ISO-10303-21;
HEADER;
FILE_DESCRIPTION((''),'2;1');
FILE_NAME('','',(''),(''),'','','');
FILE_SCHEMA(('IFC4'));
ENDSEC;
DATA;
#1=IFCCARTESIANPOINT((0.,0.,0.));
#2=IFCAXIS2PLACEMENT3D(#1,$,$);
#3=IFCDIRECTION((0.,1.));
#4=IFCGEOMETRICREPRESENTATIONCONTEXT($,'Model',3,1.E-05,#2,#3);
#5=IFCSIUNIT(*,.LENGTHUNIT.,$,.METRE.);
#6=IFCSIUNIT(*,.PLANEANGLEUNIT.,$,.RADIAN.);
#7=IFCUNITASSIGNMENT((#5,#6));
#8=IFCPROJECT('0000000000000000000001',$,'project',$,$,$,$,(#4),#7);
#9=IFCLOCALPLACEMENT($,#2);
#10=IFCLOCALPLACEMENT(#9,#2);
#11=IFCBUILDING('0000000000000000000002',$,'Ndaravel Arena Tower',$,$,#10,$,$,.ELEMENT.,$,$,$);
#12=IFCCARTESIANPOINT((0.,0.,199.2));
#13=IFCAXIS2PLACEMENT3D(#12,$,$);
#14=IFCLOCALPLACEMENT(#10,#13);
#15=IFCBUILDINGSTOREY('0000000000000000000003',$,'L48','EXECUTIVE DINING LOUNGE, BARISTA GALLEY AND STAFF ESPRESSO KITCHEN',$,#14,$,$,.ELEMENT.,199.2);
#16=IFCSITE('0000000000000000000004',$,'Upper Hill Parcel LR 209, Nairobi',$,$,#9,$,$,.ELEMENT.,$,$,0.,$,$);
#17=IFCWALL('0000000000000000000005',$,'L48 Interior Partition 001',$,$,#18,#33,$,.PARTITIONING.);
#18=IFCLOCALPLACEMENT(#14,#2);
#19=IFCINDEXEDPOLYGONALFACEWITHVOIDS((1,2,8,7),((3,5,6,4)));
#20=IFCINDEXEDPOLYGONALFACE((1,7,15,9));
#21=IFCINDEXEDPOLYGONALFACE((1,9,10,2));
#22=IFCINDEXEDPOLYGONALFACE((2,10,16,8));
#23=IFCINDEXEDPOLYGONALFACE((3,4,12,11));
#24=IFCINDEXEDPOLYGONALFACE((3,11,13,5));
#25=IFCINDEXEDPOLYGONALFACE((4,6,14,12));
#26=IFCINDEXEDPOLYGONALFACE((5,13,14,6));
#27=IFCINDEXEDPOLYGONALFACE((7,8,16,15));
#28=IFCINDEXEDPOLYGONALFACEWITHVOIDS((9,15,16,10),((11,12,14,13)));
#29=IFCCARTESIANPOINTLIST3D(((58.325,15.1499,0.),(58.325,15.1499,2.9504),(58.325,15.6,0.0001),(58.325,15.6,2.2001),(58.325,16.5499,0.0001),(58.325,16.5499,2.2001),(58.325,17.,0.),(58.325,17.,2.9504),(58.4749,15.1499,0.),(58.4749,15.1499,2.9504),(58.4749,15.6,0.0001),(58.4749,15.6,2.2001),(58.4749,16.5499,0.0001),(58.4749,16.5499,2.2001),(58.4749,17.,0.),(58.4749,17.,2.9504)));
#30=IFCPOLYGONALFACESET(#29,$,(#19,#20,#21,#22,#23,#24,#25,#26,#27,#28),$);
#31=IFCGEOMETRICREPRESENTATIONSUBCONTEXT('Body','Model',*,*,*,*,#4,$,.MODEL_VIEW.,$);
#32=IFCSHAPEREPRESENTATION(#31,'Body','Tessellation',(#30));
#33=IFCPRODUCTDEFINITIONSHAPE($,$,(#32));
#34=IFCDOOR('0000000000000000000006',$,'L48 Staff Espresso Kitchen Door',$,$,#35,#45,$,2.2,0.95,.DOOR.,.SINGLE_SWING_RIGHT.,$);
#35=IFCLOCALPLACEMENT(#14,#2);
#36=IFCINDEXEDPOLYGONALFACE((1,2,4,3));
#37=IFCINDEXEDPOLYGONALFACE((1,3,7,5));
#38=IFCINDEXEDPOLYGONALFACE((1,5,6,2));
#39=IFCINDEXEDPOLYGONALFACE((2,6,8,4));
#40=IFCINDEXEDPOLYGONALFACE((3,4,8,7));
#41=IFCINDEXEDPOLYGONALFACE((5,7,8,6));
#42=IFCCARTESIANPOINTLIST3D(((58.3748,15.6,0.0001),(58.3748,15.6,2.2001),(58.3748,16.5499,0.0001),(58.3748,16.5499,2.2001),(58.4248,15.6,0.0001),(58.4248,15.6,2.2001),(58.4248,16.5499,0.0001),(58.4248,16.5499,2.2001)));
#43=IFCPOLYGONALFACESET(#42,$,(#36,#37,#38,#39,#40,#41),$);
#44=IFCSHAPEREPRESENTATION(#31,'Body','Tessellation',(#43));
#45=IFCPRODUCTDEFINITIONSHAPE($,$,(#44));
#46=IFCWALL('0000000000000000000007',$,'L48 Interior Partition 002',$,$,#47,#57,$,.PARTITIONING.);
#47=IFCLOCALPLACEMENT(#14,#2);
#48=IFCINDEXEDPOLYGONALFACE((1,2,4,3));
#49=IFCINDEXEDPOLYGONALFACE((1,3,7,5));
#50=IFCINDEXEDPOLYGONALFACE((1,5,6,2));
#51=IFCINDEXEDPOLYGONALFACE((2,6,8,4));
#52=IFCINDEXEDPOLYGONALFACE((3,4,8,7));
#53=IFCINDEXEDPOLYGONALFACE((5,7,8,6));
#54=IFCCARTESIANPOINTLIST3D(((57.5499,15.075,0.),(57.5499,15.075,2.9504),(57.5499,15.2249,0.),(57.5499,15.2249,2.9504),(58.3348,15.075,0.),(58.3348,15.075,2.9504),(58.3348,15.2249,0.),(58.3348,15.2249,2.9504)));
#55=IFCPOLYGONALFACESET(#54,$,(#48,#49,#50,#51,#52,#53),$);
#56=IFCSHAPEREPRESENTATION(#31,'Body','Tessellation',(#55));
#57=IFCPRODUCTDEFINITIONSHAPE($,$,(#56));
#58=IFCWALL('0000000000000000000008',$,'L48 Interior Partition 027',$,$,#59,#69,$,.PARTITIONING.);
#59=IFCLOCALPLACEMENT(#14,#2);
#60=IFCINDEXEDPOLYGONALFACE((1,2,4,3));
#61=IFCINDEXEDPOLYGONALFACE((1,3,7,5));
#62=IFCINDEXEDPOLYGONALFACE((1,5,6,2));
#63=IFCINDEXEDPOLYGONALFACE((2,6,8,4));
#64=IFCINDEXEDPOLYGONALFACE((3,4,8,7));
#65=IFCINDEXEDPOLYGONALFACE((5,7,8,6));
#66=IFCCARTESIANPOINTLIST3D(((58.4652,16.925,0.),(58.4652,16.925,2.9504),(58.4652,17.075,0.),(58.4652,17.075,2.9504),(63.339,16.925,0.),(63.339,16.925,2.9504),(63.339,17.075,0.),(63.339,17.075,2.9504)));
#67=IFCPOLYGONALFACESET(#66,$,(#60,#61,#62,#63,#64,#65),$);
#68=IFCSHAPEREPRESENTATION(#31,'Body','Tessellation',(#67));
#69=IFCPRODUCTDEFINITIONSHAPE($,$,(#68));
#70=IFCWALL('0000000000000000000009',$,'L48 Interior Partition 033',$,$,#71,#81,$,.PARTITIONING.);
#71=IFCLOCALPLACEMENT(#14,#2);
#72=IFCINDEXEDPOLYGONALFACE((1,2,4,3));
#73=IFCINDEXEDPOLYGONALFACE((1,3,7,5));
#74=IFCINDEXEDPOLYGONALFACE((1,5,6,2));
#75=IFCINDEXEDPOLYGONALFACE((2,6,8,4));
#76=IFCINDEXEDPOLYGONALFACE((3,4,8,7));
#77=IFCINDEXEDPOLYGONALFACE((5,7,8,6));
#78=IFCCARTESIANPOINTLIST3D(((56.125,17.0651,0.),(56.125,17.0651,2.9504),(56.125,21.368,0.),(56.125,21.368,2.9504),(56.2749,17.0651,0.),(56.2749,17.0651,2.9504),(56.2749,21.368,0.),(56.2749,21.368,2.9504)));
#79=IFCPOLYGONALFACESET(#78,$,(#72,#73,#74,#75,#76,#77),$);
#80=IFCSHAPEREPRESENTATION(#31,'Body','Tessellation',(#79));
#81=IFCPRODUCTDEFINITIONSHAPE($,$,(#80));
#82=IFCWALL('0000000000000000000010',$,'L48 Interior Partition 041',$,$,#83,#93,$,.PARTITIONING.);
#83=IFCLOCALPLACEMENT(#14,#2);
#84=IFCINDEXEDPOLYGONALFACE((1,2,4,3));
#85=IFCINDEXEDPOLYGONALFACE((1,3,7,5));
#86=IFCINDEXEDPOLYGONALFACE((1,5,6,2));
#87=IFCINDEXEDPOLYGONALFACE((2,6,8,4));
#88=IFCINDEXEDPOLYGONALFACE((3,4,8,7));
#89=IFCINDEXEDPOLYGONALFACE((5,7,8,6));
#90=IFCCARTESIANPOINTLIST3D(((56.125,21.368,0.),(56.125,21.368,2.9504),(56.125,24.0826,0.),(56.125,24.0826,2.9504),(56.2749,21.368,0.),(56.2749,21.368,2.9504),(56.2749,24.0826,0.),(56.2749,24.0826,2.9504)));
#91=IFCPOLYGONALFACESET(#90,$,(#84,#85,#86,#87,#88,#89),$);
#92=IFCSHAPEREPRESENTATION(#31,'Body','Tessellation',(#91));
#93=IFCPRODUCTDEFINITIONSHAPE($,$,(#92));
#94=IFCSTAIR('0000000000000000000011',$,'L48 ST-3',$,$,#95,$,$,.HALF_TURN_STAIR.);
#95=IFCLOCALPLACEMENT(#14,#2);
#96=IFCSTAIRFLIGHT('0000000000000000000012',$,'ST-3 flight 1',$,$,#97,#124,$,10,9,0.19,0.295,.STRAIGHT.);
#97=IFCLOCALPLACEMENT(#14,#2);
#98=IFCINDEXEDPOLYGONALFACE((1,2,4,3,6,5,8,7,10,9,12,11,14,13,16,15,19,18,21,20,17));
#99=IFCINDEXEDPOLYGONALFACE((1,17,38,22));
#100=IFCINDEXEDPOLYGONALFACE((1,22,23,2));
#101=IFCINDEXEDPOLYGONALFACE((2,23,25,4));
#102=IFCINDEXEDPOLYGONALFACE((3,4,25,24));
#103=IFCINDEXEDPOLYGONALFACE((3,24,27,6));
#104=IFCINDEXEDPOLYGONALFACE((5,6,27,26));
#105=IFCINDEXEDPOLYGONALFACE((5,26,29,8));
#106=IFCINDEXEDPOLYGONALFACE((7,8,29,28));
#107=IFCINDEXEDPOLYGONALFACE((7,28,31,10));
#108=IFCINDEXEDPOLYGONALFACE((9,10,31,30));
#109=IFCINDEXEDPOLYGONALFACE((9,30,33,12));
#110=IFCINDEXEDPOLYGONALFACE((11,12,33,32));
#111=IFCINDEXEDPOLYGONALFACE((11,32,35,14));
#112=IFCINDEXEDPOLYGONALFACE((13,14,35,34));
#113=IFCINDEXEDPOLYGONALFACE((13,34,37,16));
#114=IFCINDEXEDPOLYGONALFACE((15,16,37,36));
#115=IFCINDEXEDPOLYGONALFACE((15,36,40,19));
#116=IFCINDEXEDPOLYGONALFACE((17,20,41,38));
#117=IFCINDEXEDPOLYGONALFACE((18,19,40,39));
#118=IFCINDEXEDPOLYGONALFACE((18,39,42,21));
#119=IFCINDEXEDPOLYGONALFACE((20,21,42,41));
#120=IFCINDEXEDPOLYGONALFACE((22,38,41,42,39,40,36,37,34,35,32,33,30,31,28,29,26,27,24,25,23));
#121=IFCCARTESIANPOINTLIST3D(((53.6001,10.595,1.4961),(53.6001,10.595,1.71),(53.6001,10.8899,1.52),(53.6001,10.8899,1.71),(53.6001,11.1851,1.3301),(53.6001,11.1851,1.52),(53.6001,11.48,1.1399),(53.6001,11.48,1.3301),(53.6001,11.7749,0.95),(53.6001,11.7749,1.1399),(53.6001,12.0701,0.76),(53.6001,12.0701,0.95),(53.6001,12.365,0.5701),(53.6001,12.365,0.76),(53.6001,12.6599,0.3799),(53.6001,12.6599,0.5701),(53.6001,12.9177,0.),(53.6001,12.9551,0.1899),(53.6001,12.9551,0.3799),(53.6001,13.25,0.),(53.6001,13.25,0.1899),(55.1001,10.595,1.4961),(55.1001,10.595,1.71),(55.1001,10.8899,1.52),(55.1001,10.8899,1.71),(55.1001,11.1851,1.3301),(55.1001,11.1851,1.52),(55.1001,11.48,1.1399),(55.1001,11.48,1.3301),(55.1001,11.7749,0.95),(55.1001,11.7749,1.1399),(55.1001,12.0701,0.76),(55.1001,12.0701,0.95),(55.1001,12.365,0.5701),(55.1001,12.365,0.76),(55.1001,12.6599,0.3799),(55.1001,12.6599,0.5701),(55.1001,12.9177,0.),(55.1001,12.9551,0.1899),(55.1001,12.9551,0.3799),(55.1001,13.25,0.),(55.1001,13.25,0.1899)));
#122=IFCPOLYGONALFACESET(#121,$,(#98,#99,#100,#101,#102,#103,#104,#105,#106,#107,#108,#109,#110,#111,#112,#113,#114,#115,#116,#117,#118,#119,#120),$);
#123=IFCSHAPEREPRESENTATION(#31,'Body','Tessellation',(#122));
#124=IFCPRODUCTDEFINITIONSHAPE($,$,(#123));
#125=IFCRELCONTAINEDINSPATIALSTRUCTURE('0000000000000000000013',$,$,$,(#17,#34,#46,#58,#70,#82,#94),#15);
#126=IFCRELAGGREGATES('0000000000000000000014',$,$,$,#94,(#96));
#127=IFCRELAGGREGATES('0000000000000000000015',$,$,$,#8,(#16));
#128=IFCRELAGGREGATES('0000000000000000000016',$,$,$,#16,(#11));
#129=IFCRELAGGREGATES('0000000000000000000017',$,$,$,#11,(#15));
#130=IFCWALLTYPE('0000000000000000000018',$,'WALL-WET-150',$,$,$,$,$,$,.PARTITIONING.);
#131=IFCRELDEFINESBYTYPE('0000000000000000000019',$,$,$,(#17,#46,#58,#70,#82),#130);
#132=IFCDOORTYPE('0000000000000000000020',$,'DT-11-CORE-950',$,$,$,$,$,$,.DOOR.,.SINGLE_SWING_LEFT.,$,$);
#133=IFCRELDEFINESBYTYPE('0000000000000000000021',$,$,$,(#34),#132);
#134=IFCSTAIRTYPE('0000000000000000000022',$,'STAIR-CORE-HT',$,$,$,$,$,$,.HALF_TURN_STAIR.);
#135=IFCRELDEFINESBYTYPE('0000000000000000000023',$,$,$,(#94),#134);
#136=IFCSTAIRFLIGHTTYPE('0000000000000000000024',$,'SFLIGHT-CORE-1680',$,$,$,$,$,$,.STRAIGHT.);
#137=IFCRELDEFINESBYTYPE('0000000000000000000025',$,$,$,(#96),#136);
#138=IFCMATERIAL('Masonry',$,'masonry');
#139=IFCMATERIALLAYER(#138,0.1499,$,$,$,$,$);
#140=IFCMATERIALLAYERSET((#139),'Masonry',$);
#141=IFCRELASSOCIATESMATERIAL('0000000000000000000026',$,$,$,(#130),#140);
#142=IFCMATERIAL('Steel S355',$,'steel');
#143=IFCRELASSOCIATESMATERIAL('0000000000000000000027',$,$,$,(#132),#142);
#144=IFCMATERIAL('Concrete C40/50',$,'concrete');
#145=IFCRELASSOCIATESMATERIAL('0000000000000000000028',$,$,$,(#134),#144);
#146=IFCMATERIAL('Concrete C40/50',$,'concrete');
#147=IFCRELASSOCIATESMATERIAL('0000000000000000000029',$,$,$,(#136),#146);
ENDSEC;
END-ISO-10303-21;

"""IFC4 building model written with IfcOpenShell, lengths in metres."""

from ifc_helpers import new_model, si_unit, direction, frame, frame_2d, origin, place, context, subcontext, project, spatial, polyline, rectangle, outline, extrude, material, layer, layer_set, type_object, element, fill, aggregate, save


model = new_model("IFC4")

# Units and contexts
model_context = context("Model", 3, precision=1e-05, world=origin(), true_north=direction((0.0, 1.0)))
body_context = subcontext(model_context, "Body", "Model", "MODEL_VIEW")
ifc_project = project(units=[si_unit("LENGTHUNIT", "METRE"), si_unit("PLANEANGLEUNIT", "RADIAN")], contexts=[model_context])

# Site, building, storey
site_placement = place(None, origin())
site = spatial("IfcSite", under=ifc_project, at=site_placement, Name="Upper Hill Parcel LR 209, Nairobi", CompositionType="ELEMENT", RefElevation=0.0)
building_placement = place(site_placement, origin())
building = spatial("IfcBuilding", under=site, at=building_placement, Name="Ndaravel Arena Tower", CompositionType="ELEMENT")
storey_placement = place(building_placement, frame((0.0, 0.0, 199.2)))
storey = spatial("IfcBuildingStorey", under=building, at=storey_placement, Name="L48", Description="EXECUTIVE DINING LOUNGE, BARISTA GALLEY AND STAFF ESPRESSO KITCHEN", CompositionType="ELEMENT", Elevation=199.2)

# Wall, opening, door
ifc_material_1 = material(Name="Masonry", Category="masonry")
ifc_layer_1 = layer(ifc_material_1, 0.1499)
ifc_layer_set_1 = layer_set([ifc_layer_1], Name="Masonry")
wall_type_1 = type_object("IfcWallType", Name="WALL-WET-150", PredefinedType="PARTITIONING", material=ifc_layer_set_1)
wall_1_placement = place(storey_placement, frame((58.3999, 17.0, 0.0), z_axis=(0.0, 0.0, 1.0), x_axis=(0.0, -1.0, 0.0)))
wall_1 = element("IfcWall", 1, at=wall_1_placement, inside=storey, type_object=wall_type_1, Name="L48 Interior Partition 001", PredefinedType="PARTITIONING", context=body_context, shape_type="SweptSolid", body=[
    extrude(rectangle(XDim=1.8501, YDim=0.1499, at=frame_2d((0.925, 0.0))), origin(), (0.0, 0.0, 1.0), 2.9504),
])
opening_1_placement = place(wall_1_placement, frame((0.45, 0.0, 0.0)))
opening_1 = element("IfcOpeningElement", 2, at=opening_1_placement, cuts=wall_1, PredefinedType="OPENING", context=body_context, shape_type="SweptSolid", body=[
    extrude(rectangle(XDim=0.95, YDim=2.2, at=frame_2d((0.4751, 1.1001))), frame((0.0, 0.075, 0.0), z_axis=(0.0, -1.0, 0.0), x_axis=(1.0, 0.0, 0.0)), (0.0, 0.0, 1.0), 0.1499),
])
ifc_material_2 = material(Name="Steel S355", Category="steel")
door_type_1 = type_object("IfcDoorType", Name="DT-11-CORE-950", OperationType="SINGLE_SWING_LEFT", PredefinedType="DOOR", material=ifc_material_2)
door_1_placement = place(opening_1_placement, origin())
door_1 = element("IfcDoor", 3, at=door_1_placement, inside=storey, type_object=door_type_1, Name="L48 Staff Espresso Kitchen Door", OperationType="SINGLE_SWING_RIGHT", OverallHeight=2.2, OverallWidth=0.95, PredefinedType="DOOR", context=body_context, shape_type="SweptSolid", body=[
    extrude(rectangle(XDim=0.95, YDim=2.2, at=frame_2d((0.4751, 1.1001))), frame((0.0, 0.0249, 0.0), z_axis=(0.0, -1.0, 0.0), x_axis=(1.0, 0.0, 0.0)), (0.0, 0.0, 1.0), 0.05),
])
fill(opening_1, door_1)

# Walls
wall_2_placement = place(storey_placement, frame((58.335, 15.1499, 0.0), z_axis=(0.0, 0.0, 1.0), x_axis=(-1.0, 0.0, 0.0)))
element("IfcWall", 4, at=wall_2_placement, inside=storey, type_object=wall_type_1, Name="L48 Interior Partition 002", PredefinedType="PARTITIONING", context=body_context, shape_type="SweptSolid", body=[
    extrude(rectangle(XDim=0.7849, YDim=0.1499, at=frame_2d((0.3926, 0.0))), origin(), (0.0, 0.0, 1.0), 2.9504),
])
wall_3_placement = place(storey_placement, frame((58.4651, 17.0, 0.0), z_axis=(0.0, 0.0, 1.0), x_axis=(1.0, 0.0, 0.0)))
element("IfcWall", 5, at=wall_3_placement, inside=storey, type_object=wall_type_1, Name="L48 Interior Partition 027", PredefinedType="PARTITIONING", context=body_context, shape_type="SweptSolid", body=[
    extrude(rectangle(XDim=4.8738, YDim=0.1499, at=frame_2d((2.437, 0.0))), origin(), (0.0, 0.0, 1.0), 2.9504),
])
wall_4_placement = place(storey_placement, frame((56.2, 21.3679, 0.0), z_axis=(0.0, 0.0, 1.0), x_axis=(0.0, -1.0, 0.0)))
element("IfcWall", 6, at=wall_4_placement, inside=storey, type_object=wall_type_1, Name="L48 Interior Partition 033", PredefinedType="PARTITIONING", context=body_context, shape_type="SweptSolid", body=[
    extrude(rectangle(XDim=4.303, YDim=0.1499, at=frame_2d((2.1514, 0.0))), origin(), (0.0, 0.0, 1.0), 2.9504),
])
wall_5_placement = place(storey_placement, frame((56.2, 21.3679, 0.0), z_axis=(0.0, 0.0, 1.0), x_axis=(0.0, 1.0, 0.0)))
element("IfcWall", 7, at=wall_5_placement, inside=storey, type_object=wall_type_1, Name="L48 Interior Partition 041", PredefinedType="PARTITIONING", context=body_context, shape_type="SweptSolid", body=[
    extrude(rectangle(XDim=2.7146, YDim=0.1499, at=frame_2d((1.3574, 0.0))), origin(), (0.0, 0.0, 1.0), 2.9504),
])

# Stair, stair flight
ifc_material_3 = material(Name="Concrete C40/50", Category="concrete")
stair_type = type_object("IfcStairType", Name="STAIR-CORE-HT", PredefinedType="HALF_TURN_STAIR", material=ifc_material_3)
stair_placement = place(storey_placement, origin())
stair = element("IfcStair", 8, at=stair_placement, inside=storey, type_object=stair_type, Name="L48 ST-3", PredefinedType="HALF_TURN_STAIR")
ifc_material_4 = material(Name="Concrete C40/50", Category="concrete")
stair_flight_type = type_object("IfcStairFlightType", Name="SFLIGHT-CORE-1680", PredefinedType="STRAIGHT", material=ifc_material_4)
stair_flight_placement = place(storey_placement, frame((54.3501, 13.25, 0.0), z_axis=(0.0, 0.0, 1.0), x_axis=(0.0, -1.0, 0.0)))
stair_flight = element("IfcStairFlight", 9, at=stair_flight_placement, type_object=stair_flight_type, Name="ST-3 flight 1", NumberOfRisers=10, NumberOfTreads=9, PredefinedType="STRAIGHT", RiserHeight=0.19, TreadLength=0.295, context=body_context, shape_type="SweptSolid", body=[
    extrude(outline(polyline([(0.0, 0.0), (0.0, 0.1899), (0.2949, 0.1899), (0.2949, 0.3799), (0.5901, 0.3799), (0.5901, 0.5701), (0.885, 0.5701), (0.885, 0.76), (1.1799, 0.76), (1.1799, 0.95), (1.4751, 0.95), (1.4751, 1.1399), (1.77, 1.1399), (1.77, 1.3301), (2.0649, 1.3301), (2.0649, 1.52), (2.3601, 1.52), (2.3601, 1.71), (2.655, 1.71), (2.655, 1.8999), (2.655, 1.4961), (0.3323, 0.0), (0.0, 0.0)])), frame((0.0, 0.75, 0.0), z_axis=(0.0, -1.0, 0.0), x_axis=(1.0, 0.0, 0.0)), (0.0, 0.0, 1.0), 1.5),
])
aggregate(stair, [stair_flight])

save(model, "model.ifc")
